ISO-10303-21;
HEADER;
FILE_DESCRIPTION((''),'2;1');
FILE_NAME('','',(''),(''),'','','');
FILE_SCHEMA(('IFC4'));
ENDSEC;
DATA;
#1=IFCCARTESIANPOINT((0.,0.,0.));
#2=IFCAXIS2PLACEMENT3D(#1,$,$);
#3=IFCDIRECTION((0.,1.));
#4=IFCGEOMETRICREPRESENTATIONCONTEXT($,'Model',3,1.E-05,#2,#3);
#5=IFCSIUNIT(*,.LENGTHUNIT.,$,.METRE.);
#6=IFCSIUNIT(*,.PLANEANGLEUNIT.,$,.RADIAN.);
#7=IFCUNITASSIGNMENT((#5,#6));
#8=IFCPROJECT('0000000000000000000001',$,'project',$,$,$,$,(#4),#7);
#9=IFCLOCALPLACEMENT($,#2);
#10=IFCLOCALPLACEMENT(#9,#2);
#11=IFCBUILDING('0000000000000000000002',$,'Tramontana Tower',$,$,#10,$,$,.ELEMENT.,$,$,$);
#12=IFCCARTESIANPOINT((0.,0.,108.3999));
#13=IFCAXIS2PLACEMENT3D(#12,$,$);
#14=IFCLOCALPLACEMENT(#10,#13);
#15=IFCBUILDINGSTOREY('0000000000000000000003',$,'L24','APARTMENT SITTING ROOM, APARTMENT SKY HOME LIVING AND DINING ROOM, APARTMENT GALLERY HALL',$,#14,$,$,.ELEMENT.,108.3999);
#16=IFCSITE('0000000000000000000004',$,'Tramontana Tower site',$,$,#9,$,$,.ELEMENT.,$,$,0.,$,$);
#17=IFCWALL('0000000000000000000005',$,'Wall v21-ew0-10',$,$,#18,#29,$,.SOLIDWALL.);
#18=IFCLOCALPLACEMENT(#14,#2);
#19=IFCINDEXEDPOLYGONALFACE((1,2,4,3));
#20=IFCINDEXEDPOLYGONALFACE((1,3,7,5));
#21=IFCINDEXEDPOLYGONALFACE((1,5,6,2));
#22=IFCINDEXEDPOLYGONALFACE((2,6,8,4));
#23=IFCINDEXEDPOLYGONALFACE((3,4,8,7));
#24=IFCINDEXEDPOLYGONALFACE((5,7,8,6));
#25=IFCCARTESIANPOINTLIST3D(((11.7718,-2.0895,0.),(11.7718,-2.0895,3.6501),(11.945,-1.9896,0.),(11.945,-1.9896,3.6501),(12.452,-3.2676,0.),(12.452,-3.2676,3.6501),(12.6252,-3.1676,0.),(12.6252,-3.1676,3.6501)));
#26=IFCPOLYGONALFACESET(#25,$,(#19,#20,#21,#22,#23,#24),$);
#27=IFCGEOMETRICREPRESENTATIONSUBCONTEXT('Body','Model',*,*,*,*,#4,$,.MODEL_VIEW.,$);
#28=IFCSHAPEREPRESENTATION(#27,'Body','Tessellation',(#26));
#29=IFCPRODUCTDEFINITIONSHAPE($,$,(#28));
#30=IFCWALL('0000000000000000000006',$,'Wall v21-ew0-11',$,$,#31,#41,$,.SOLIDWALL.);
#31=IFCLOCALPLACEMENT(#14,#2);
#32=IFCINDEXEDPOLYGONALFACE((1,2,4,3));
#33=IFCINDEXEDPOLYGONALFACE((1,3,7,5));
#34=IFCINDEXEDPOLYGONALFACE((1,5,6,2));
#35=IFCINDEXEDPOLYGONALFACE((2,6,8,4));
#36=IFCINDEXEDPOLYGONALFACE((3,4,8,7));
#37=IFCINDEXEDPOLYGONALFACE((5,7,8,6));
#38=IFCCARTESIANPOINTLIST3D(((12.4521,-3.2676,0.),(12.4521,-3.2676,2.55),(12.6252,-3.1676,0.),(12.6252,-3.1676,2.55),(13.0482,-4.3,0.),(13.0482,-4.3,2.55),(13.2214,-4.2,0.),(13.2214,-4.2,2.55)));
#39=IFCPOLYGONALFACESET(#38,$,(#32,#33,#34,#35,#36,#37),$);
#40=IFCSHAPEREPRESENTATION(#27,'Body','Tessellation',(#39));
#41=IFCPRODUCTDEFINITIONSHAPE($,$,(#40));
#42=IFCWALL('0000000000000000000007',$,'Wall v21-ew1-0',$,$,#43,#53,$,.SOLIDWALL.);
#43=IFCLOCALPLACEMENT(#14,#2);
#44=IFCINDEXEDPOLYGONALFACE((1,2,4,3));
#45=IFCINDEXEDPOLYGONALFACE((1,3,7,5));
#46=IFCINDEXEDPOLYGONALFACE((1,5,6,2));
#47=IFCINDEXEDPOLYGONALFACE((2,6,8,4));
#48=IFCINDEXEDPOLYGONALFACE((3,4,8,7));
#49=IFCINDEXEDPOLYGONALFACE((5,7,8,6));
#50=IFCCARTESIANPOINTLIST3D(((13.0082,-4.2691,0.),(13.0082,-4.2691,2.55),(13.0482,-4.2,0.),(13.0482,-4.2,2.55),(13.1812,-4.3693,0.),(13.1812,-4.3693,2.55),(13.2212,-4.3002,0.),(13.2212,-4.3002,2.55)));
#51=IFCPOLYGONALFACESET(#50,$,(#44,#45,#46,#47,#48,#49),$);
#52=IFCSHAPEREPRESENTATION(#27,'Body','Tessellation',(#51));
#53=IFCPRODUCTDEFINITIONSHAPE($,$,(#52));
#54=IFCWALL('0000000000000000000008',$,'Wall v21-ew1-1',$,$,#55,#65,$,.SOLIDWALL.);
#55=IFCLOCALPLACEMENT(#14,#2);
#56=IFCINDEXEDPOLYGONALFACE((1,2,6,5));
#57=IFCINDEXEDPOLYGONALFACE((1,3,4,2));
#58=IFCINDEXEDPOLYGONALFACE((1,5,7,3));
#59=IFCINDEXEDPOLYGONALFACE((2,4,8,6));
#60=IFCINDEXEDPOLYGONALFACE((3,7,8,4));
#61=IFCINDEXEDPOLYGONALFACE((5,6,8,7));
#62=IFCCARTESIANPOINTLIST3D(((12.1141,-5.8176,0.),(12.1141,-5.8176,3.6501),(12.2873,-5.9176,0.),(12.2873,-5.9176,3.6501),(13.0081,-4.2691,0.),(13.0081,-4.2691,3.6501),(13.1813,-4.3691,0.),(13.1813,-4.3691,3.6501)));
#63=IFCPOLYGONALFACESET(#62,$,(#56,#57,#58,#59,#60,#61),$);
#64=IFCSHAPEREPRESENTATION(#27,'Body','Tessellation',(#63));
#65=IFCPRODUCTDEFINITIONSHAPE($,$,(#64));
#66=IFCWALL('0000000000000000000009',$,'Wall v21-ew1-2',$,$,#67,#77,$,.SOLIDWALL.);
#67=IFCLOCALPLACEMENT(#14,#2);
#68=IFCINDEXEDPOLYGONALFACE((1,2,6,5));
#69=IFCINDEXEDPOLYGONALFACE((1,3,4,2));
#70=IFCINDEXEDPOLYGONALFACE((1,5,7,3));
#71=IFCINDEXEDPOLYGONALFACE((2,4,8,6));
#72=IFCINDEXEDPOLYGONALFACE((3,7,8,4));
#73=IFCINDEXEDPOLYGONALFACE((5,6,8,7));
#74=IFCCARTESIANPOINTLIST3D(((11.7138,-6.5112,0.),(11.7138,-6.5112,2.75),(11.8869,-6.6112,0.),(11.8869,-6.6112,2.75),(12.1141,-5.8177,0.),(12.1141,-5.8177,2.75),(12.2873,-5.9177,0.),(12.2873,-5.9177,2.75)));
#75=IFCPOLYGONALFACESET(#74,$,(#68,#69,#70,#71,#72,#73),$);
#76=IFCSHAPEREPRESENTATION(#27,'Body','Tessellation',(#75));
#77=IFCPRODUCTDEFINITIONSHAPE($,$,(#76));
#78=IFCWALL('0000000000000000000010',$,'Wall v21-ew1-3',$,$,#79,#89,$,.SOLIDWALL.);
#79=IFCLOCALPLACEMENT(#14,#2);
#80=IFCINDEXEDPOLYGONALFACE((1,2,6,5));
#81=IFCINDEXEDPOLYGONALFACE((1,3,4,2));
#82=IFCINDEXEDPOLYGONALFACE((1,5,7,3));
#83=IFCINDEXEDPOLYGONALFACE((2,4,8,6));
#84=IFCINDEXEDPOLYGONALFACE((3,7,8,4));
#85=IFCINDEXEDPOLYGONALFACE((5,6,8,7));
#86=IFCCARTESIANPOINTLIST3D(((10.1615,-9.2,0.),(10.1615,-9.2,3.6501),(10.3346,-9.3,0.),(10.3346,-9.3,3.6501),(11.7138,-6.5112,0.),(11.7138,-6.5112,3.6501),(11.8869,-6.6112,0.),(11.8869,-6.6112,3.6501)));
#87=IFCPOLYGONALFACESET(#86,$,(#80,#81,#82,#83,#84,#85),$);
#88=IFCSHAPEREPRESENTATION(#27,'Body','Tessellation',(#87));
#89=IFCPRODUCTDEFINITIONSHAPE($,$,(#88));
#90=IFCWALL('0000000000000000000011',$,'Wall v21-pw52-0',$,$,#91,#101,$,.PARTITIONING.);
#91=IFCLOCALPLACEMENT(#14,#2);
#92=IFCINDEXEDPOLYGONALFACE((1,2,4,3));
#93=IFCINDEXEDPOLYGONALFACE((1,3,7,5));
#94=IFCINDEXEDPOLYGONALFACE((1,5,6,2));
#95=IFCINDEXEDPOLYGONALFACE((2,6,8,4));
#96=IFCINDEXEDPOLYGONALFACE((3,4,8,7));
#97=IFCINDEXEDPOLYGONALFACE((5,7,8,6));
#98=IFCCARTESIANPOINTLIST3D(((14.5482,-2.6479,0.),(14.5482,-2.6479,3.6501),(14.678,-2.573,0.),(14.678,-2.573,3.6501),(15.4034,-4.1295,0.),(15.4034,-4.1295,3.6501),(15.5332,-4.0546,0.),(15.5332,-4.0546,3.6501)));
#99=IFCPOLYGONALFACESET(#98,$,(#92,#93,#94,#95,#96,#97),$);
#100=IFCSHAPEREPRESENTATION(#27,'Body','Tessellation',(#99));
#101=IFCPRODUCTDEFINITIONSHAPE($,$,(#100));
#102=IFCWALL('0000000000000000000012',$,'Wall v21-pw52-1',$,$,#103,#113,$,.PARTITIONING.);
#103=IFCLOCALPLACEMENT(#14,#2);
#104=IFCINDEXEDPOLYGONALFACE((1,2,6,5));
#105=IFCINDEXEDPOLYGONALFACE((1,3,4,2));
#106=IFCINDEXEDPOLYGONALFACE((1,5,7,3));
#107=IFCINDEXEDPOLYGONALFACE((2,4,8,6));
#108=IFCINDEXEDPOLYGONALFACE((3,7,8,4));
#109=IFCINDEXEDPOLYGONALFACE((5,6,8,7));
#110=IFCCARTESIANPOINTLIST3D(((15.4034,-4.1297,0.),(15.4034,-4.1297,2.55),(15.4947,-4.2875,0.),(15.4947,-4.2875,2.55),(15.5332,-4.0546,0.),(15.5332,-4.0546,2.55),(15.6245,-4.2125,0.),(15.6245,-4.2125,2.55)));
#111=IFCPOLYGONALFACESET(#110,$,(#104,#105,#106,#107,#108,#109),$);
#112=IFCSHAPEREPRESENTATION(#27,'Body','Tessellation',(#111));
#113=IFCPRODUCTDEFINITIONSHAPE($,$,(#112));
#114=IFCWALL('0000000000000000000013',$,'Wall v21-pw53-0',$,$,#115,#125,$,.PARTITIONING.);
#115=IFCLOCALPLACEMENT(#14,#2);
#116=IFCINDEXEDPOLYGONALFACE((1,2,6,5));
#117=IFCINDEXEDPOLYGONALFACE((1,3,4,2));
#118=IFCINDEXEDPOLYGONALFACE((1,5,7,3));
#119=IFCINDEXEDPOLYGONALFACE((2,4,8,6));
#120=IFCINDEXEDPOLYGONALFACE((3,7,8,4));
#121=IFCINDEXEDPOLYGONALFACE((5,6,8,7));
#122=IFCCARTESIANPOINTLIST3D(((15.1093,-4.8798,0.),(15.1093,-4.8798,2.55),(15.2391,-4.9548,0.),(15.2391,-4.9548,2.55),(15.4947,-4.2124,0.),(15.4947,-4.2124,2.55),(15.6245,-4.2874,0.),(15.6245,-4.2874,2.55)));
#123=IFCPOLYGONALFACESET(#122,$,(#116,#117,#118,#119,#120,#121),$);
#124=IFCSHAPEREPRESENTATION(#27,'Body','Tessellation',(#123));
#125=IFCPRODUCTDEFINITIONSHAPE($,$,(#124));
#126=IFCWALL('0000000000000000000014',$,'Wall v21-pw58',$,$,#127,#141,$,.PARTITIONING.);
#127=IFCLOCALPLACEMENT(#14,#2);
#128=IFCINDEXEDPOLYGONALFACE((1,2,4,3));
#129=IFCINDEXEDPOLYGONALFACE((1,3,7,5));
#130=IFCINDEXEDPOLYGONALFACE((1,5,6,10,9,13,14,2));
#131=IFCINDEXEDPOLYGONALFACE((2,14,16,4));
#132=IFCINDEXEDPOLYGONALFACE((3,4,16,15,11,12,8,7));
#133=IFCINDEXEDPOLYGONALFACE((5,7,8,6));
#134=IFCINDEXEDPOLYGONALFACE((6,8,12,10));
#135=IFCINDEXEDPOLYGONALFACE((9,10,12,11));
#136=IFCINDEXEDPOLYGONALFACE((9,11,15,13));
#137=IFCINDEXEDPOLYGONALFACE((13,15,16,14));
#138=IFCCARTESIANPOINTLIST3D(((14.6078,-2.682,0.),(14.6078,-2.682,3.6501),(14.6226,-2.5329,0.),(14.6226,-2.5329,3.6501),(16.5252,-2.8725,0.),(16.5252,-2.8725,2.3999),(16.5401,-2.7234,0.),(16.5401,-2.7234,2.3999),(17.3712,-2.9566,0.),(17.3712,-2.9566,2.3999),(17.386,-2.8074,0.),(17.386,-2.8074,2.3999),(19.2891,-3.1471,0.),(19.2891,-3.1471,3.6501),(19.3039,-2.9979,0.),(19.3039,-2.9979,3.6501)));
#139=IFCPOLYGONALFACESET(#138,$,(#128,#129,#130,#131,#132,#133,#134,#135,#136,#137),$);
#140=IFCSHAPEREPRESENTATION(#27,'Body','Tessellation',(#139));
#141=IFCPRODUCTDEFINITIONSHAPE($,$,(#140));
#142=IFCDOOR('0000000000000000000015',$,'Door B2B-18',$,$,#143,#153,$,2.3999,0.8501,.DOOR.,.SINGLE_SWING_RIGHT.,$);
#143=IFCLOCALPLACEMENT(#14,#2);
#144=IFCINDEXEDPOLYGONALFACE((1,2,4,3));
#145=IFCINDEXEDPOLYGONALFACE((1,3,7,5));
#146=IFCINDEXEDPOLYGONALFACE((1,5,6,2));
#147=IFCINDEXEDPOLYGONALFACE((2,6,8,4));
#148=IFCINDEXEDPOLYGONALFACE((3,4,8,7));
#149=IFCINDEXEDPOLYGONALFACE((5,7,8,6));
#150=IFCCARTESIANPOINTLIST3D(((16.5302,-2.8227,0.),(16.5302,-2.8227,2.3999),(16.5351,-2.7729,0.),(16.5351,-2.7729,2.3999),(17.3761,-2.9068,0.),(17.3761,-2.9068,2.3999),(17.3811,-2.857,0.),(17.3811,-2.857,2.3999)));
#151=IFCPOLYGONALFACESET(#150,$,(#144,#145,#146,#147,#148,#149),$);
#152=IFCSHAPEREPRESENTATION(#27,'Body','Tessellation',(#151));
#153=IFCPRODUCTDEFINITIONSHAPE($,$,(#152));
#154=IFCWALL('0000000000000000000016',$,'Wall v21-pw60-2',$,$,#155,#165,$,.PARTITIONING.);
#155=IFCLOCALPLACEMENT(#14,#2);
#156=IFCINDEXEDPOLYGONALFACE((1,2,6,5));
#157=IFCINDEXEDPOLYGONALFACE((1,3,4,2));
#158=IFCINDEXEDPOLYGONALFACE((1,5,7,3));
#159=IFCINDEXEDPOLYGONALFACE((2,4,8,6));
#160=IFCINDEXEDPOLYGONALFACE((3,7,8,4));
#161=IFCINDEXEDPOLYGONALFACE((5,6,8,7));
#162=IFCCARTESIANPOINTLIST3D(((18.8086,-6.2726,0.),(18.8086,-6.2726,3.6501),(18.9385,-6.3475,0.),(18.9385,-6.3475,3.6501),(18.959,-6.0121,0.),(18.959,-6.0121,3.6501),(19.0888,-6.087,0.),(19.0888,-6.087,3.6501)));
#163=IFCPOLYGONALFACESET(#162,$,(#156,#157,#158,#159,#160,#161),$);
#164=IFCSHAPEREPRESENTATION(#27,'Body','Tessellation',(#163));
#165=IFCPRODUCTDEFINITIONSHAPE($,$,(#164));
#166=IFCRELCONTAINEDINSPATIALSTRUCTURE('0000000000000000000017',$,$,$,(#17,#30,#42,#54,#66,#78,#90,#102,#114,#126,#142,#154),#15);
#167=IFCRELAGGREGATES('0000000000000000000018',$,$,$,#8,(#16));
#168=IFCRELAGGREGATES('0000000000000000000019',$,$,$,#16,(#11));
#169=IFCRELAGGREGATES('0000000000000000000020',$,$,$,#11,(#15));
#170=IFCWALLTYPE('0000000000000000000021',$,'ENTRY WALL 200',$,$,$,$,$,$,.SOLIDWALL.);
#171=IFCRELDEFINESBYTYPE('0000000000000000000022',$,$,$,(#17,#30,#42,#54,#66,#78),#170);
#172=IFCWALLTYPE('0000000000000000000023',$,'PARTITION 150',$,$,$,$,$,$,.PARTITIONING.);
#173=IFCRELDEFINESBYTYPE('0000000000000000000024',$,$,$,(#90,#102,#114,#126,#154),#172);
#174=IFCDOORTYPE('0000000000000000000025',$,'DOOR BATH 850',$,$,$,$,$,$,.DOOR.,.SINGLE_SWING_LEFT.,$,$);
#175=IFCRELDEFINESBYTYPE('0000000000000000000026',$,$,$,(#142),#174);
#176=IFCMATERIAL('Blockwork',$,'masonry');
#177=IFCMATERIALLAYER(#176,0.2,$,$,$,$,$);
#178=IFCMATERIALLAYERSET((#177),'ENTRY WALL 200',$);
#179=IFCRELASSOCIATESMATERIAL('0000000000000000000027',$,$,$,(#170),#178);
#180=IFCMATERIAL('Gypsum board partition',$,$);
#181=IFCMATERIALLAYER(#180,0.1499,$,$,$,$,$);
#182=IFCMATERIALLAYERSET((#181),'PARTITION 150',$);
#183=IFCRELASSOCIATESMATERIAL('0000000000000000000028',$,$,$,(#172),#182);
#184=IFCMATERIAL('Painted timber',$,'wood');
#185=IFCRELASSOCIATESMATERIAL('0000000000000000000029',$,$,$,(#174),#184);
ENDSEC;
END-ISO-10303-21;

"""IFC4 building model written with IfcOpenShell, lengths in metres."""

from ifc_helpers import new_model, si_unit, direction, frame, frame_2d, origin, place, context, subcontext, project, spatial, rectangle, extrude, material, layer, layer_set, type_object, element, fill, save


model = new_model("IFC4")

# Units and contexts
model_context = context("Model", 3, precision=1e-05, world=origin(), true_north=direction((0.0, 1.0)))
body_context = subcontext(model_context, "Body", "Model", "MODEL_VIEW")
ifc_project = project(units=[si_unit("LENGTHUNIT", "METRE"), si_unit("PLANEANGLEUNIT", "RADIAN")], contexts=[model_context])

# Site, building, storey
site_placement = place(None, origin())
site = spatial("IfcSite", under=ifc_project, at=site_placement, Name="Tramontana Tower site", CompositionType="ELEMENT", RefElevation=0.0)
building_placement = place(site_placement, origin())
building = spatial("IfcBuilding", under=site, at=building_placement, Name="Tramontana Tower", CompositionType="ELEMENT")
storey_placement = place(building_placement, frame((0.0, 0.0, 108.3999)))
storey = spatial("IfcBuildingStorey", under=building, at=storey_placement, Name="L24", Description="APARTMENT SITTING ROOM, APARTMENT SKY HOME LIVING AND DINING ROOM, APARTMENT GALLERY HALL", CompositionType="ELEMENT", Elevation=108.3999)

# Walls
ifc_material_1 = material(Name="Blockwork", Category="masonry")
ifc_layer_1 = layer(ifc_material_1, 0.2)
ifc_layer_set_1 = layer_set([ifc_layer_1], Name="ENTRY WALL 200")
wall_type_1 = type_object("IfcWallType", Name="ENTRY WALL 200", PredefinedType="SOLIDWALL", material=ifc_layer_set_1)
wall_1_placement = place(storey_placement, frame((11.8584, -2.0396, 0.0), z_axis=(0.0, 0.0, 1.0), x_axis=(0.500038, -0.866003, 0.0)))
element("IfcWall", 1, at=wall_1_placement, inside=storey, type_object=wall_type_1, Name="Wall v21-ew0-10", PredefinedType="SOLIDWALL", context=body_context, shape_type="SweptSolid", body=[
    extrude(rectangle(XDim=1.3604, YDim=0.2, at=frame_2d((0.6802, 0.0))), origin(), (0.0, 0.0, 1.0), 3.6501),
])
wall_2_placement = place(storey_placement, frame((12.5386, -3.2175, 0.0), z_axis=(0.0, 0.0, 1.0), x_axis=(0.500059, -0.865991, 0.0)))
element("IfcWall", 2, at=wall_2_placement, inside=storey, type_object=wall_type_1, Name="Wall v21-ew0-11", PredefinedType="SOLIDWALL", context=body_context, shape_type="SweptSolid", body=[
    extrude(rectangle(XDim=1.1921, YDim=0.2, at=frame_2d((0.5962, 0.0))), origin(), (0.0, 0.0, 1.0), 2.55),
])
wall_3_placement = place(storey_placement, frame((13.1348, -4.25, 0.0), z_axis=(0.0, 0.0, 1.0), x_axis=(-0.501398, -0.865217, 0.0)))
element("IfcWall", 3, at=wall_3_placement, inside=storey, type_object=wall_type_1, Name="Wall v21-ew1-0", PredefinedType="SOLIDWALL", context=body_context, shape_type="SweptSolid", body=[
    extrude(rectangle(XDim=0.0798, YDim=0.2, at=frame_2d((0.04, 0.0))), origin(), (0.0, 0.0, 1.0), 2.55),
])
wall_4_placement = place(storey_placement, frame((13.0947, -4.3191, 0.0), z_axis=(0.0, 0.0, 1.0), x_axis=(-0.499986, -0.866033, 0.0)))
element("IfcWall", 4, at=wall_4_placement, inside=storey, type_object=wall_type_1, Name="Wall v21-ew1-1", PredefinedType="SOLIDWALL", context=body_context, shape_type="SweptSolid", body=[
    extrude(rectangle(XDim=1.7881, YDim=0.2, at=frame_2d((0.894, 0.0))), origin(), (0.0, 0.0, 1.0), 3.6501),
])
wall_5_placement = place(storey_placement, frame((12.2007, -5.8677, 0.0), z_axis=(0.0, 0.0, 1.0), x_axis=(-0.499942, -0.866059, 0.0)))
element("IfcWall", 5, at=wall_5_placement, inside=storey, type_object=wall_type_1, Name="Wall v21-ew1-2", PredefinedType="SOLIDWALL", context=body_context, shape_type="SweptSolid", body=[
    extrude(rectangle(XDim=0.8008, YDim=0.2, at=frame_2d((0.4004, 0.0))), origin(), (0.0, 0.0, 1.0), 2.75),
])
wall_6_placement = place(storey_placement, frame((11.8003, -6.5613, 0.0), z_axis=(0.0, 0.0, 1.0), x_axis=(-0.499979, -0.866038, 0.0)))
element("IfcWall", 6, at=wall_6_placement, inside=storey, type_object=wall_type_1, Name="Wall v21-ew1-3", PredefinedType="SOLIDWALL", context=body_context, shape_type="SweptSolid", body=[
    extrude(rectangle(XDim=3.1047, YDim=0.2, at=frame_2d((1.5522, 0.0))), origin(), (0.0, 0.0, 1.0), 3.6501),
])
ifc_material_2 = material(Name="Gypsum board partition")
ifc_layer_2 = layer(ifc_material_2, 0.1499)
ifc_layer_set_2 = layer_set([ifc_layer_2], Name="PARTITION 150")
wall_type_2 = type_object("IfcWallType", Name="PARTITION 150", PredefinedType="PARTITIONING", material=ifc_layer_set_2)
wall_7_placement = place(storey_placement, frame((14.613, -2.6104, 0.0), z_axis=(0.0, 0.0, 1.0), x_axis=(0.4999, -0.866083, 0.0)))
element("IfcWall", 7, at=wall_7_placement, inside=storey, type_object=wall_type_2, Name="Wall v21-pw52-0", PredefinedType="PARTITIONING", context=body_context, shape_type="SweptSolid", body=[
    extrude(rectangle(XDim=1.7107, YDim=0.1499, at=frame_2d((0.8555, 0.0))), origin(), (0.0, 0.0, 1.0), 3.6501),
])
wall_8_placement = place(storey_placement, frame((15.4683, -4.092, 0.0), z_axis=(0.0, 0.0, 1.0), x_axis=(0.500456, -0.865762, 0.0)))
element("IfcWall", 8, at=wall_8_placement, inside=storey, type_object=wall_type_2, Name="Wall v21-pw52-1", PredefinedType="PARTITIONING", context=body_context, shape_type="SweptSolid", body=[
    extrude(rectangle(XDim=0.1824, YDim=0.1499, at=frame_2d((0.0913, 0.0))), origin(), (0.0, 0.0, 1.0), 2.55),
])
wall_9_placement = place(storey_placement, frame((15.5596, -4.25, 0.0), z_axis=(0.0, 0.0, 1.0), x_axis=(-0.500125, -0.865953, 0.0)))
element("IfcWall", 9, at=wall_9_placement, inside=storey, type_object=wall_type_2, Name="Wall v21-pw53-0", PredefinedType="PARTITIONING", context=body_context, shape_type="SweptSolid", body=[
    extrude(rectangle(XDim=0.7708, YDim=0.1499, at=frame_2d((0.3853, 0.0))), origin(), (0.0, 0.0, 1.0), 2.55),
])

# Wall, opening, door
wall_10_placement = place(storey_placement, frame((19.2964, -3.0725, 0.0), z_axis=(0.0, 0.0, 1.0), x_axis=(-0.995101, 0.098861, 0.0)))
wall_10 = element("IfcWall", 10, at=wall_10_placement, inside=storey, type_object=wall_type_2, Name="Wall v21-pw58", PredefinedType="PARTITIONING", context=body_context, shape_type="SweptSolid", body=[
    extrude(rectangle(XDim=4.7043, YDim=0.1499, at=frame_2d((2.3521, 0.0))), origin(), (0.0, 0.0, 1.0), 3.6501),
])
opening_1_placement = place(wall_10_placement, frame((1.9272, 0.0, 0.0)))
opening_1 = element("IfcOpeningElement", 11, at=opening_1_placement, cuts=wall_10, PredefinedType="OPENING", context=body_context, shape_type="SweptSolid", body=[
    extrude(rectangle(XDim=0.8501, YDim=2.3999, at=frame_2d((0.425, 1.2))), frame((0.0, 0.085, 0.0), z_axis=(0.0, -1.0, 0.0), x_axis=(1.0, 0.0, 0.0)), (0.0, 0.0, 1.0), 0.1699),
])
ifc_material_3 = material(Name="Painted timber", Category="wood")
door_type_1 = type_object("IfcDoorType", Name="DOOR BATH 850", OperationType="SINGLE_SWING_LEFT", PredefinedType="DOOR", material=ifc_material_3)
door_1_placement = place(opening_1_placement, origin())
door_1 = element("IfcDoor", 12, at=door_1_placement, inside=storey, type_object=door_type_1, Name="Door B2B-18", OperationType="SINGLE_SWING_RIGHT", OverallHeight=2.3999, OverallWidth=0.8501, PredefinedType="DOOR", context=body_context, shape_type="SweptSolid", body=[
    extrude(rectangle(XDim=0.8501, YDim=2.3999, at=frame_2d((0.425, 1.2))), frame((0.0, 0.0249, 0.0), z_axis=(0.0, -1.0, 0.0), x_axis=(1.0, 0.0, 0.0)), (0.0, 0.0, 1.0), 0.05),
])
fill(opening_1, door_1)

# Wall
wall_11_placement = place(storey_placement, frame((19.0239, -6.0496, 0.0), z_axis=(0.0, 0.0, 1.0), x_axis=(-0.49998, -0.866037, 0.0)))
element("IfcWall", 13, at=wall_11_placement, inside=storey, type_object=wall_type_2, Name="Wall v21-pw60-2", PredefinedType="PARTITIONING", context=body_context, shape_type="SweptSolid", body=[
    extrude(rectangle(XDim=0.3008, YDim=0.1499, at=frame_2d((0.1504, 0.0))), origin(), (0.0, 0.0, 1.0), 3.6501),
])

save(model, "model.ifc")
